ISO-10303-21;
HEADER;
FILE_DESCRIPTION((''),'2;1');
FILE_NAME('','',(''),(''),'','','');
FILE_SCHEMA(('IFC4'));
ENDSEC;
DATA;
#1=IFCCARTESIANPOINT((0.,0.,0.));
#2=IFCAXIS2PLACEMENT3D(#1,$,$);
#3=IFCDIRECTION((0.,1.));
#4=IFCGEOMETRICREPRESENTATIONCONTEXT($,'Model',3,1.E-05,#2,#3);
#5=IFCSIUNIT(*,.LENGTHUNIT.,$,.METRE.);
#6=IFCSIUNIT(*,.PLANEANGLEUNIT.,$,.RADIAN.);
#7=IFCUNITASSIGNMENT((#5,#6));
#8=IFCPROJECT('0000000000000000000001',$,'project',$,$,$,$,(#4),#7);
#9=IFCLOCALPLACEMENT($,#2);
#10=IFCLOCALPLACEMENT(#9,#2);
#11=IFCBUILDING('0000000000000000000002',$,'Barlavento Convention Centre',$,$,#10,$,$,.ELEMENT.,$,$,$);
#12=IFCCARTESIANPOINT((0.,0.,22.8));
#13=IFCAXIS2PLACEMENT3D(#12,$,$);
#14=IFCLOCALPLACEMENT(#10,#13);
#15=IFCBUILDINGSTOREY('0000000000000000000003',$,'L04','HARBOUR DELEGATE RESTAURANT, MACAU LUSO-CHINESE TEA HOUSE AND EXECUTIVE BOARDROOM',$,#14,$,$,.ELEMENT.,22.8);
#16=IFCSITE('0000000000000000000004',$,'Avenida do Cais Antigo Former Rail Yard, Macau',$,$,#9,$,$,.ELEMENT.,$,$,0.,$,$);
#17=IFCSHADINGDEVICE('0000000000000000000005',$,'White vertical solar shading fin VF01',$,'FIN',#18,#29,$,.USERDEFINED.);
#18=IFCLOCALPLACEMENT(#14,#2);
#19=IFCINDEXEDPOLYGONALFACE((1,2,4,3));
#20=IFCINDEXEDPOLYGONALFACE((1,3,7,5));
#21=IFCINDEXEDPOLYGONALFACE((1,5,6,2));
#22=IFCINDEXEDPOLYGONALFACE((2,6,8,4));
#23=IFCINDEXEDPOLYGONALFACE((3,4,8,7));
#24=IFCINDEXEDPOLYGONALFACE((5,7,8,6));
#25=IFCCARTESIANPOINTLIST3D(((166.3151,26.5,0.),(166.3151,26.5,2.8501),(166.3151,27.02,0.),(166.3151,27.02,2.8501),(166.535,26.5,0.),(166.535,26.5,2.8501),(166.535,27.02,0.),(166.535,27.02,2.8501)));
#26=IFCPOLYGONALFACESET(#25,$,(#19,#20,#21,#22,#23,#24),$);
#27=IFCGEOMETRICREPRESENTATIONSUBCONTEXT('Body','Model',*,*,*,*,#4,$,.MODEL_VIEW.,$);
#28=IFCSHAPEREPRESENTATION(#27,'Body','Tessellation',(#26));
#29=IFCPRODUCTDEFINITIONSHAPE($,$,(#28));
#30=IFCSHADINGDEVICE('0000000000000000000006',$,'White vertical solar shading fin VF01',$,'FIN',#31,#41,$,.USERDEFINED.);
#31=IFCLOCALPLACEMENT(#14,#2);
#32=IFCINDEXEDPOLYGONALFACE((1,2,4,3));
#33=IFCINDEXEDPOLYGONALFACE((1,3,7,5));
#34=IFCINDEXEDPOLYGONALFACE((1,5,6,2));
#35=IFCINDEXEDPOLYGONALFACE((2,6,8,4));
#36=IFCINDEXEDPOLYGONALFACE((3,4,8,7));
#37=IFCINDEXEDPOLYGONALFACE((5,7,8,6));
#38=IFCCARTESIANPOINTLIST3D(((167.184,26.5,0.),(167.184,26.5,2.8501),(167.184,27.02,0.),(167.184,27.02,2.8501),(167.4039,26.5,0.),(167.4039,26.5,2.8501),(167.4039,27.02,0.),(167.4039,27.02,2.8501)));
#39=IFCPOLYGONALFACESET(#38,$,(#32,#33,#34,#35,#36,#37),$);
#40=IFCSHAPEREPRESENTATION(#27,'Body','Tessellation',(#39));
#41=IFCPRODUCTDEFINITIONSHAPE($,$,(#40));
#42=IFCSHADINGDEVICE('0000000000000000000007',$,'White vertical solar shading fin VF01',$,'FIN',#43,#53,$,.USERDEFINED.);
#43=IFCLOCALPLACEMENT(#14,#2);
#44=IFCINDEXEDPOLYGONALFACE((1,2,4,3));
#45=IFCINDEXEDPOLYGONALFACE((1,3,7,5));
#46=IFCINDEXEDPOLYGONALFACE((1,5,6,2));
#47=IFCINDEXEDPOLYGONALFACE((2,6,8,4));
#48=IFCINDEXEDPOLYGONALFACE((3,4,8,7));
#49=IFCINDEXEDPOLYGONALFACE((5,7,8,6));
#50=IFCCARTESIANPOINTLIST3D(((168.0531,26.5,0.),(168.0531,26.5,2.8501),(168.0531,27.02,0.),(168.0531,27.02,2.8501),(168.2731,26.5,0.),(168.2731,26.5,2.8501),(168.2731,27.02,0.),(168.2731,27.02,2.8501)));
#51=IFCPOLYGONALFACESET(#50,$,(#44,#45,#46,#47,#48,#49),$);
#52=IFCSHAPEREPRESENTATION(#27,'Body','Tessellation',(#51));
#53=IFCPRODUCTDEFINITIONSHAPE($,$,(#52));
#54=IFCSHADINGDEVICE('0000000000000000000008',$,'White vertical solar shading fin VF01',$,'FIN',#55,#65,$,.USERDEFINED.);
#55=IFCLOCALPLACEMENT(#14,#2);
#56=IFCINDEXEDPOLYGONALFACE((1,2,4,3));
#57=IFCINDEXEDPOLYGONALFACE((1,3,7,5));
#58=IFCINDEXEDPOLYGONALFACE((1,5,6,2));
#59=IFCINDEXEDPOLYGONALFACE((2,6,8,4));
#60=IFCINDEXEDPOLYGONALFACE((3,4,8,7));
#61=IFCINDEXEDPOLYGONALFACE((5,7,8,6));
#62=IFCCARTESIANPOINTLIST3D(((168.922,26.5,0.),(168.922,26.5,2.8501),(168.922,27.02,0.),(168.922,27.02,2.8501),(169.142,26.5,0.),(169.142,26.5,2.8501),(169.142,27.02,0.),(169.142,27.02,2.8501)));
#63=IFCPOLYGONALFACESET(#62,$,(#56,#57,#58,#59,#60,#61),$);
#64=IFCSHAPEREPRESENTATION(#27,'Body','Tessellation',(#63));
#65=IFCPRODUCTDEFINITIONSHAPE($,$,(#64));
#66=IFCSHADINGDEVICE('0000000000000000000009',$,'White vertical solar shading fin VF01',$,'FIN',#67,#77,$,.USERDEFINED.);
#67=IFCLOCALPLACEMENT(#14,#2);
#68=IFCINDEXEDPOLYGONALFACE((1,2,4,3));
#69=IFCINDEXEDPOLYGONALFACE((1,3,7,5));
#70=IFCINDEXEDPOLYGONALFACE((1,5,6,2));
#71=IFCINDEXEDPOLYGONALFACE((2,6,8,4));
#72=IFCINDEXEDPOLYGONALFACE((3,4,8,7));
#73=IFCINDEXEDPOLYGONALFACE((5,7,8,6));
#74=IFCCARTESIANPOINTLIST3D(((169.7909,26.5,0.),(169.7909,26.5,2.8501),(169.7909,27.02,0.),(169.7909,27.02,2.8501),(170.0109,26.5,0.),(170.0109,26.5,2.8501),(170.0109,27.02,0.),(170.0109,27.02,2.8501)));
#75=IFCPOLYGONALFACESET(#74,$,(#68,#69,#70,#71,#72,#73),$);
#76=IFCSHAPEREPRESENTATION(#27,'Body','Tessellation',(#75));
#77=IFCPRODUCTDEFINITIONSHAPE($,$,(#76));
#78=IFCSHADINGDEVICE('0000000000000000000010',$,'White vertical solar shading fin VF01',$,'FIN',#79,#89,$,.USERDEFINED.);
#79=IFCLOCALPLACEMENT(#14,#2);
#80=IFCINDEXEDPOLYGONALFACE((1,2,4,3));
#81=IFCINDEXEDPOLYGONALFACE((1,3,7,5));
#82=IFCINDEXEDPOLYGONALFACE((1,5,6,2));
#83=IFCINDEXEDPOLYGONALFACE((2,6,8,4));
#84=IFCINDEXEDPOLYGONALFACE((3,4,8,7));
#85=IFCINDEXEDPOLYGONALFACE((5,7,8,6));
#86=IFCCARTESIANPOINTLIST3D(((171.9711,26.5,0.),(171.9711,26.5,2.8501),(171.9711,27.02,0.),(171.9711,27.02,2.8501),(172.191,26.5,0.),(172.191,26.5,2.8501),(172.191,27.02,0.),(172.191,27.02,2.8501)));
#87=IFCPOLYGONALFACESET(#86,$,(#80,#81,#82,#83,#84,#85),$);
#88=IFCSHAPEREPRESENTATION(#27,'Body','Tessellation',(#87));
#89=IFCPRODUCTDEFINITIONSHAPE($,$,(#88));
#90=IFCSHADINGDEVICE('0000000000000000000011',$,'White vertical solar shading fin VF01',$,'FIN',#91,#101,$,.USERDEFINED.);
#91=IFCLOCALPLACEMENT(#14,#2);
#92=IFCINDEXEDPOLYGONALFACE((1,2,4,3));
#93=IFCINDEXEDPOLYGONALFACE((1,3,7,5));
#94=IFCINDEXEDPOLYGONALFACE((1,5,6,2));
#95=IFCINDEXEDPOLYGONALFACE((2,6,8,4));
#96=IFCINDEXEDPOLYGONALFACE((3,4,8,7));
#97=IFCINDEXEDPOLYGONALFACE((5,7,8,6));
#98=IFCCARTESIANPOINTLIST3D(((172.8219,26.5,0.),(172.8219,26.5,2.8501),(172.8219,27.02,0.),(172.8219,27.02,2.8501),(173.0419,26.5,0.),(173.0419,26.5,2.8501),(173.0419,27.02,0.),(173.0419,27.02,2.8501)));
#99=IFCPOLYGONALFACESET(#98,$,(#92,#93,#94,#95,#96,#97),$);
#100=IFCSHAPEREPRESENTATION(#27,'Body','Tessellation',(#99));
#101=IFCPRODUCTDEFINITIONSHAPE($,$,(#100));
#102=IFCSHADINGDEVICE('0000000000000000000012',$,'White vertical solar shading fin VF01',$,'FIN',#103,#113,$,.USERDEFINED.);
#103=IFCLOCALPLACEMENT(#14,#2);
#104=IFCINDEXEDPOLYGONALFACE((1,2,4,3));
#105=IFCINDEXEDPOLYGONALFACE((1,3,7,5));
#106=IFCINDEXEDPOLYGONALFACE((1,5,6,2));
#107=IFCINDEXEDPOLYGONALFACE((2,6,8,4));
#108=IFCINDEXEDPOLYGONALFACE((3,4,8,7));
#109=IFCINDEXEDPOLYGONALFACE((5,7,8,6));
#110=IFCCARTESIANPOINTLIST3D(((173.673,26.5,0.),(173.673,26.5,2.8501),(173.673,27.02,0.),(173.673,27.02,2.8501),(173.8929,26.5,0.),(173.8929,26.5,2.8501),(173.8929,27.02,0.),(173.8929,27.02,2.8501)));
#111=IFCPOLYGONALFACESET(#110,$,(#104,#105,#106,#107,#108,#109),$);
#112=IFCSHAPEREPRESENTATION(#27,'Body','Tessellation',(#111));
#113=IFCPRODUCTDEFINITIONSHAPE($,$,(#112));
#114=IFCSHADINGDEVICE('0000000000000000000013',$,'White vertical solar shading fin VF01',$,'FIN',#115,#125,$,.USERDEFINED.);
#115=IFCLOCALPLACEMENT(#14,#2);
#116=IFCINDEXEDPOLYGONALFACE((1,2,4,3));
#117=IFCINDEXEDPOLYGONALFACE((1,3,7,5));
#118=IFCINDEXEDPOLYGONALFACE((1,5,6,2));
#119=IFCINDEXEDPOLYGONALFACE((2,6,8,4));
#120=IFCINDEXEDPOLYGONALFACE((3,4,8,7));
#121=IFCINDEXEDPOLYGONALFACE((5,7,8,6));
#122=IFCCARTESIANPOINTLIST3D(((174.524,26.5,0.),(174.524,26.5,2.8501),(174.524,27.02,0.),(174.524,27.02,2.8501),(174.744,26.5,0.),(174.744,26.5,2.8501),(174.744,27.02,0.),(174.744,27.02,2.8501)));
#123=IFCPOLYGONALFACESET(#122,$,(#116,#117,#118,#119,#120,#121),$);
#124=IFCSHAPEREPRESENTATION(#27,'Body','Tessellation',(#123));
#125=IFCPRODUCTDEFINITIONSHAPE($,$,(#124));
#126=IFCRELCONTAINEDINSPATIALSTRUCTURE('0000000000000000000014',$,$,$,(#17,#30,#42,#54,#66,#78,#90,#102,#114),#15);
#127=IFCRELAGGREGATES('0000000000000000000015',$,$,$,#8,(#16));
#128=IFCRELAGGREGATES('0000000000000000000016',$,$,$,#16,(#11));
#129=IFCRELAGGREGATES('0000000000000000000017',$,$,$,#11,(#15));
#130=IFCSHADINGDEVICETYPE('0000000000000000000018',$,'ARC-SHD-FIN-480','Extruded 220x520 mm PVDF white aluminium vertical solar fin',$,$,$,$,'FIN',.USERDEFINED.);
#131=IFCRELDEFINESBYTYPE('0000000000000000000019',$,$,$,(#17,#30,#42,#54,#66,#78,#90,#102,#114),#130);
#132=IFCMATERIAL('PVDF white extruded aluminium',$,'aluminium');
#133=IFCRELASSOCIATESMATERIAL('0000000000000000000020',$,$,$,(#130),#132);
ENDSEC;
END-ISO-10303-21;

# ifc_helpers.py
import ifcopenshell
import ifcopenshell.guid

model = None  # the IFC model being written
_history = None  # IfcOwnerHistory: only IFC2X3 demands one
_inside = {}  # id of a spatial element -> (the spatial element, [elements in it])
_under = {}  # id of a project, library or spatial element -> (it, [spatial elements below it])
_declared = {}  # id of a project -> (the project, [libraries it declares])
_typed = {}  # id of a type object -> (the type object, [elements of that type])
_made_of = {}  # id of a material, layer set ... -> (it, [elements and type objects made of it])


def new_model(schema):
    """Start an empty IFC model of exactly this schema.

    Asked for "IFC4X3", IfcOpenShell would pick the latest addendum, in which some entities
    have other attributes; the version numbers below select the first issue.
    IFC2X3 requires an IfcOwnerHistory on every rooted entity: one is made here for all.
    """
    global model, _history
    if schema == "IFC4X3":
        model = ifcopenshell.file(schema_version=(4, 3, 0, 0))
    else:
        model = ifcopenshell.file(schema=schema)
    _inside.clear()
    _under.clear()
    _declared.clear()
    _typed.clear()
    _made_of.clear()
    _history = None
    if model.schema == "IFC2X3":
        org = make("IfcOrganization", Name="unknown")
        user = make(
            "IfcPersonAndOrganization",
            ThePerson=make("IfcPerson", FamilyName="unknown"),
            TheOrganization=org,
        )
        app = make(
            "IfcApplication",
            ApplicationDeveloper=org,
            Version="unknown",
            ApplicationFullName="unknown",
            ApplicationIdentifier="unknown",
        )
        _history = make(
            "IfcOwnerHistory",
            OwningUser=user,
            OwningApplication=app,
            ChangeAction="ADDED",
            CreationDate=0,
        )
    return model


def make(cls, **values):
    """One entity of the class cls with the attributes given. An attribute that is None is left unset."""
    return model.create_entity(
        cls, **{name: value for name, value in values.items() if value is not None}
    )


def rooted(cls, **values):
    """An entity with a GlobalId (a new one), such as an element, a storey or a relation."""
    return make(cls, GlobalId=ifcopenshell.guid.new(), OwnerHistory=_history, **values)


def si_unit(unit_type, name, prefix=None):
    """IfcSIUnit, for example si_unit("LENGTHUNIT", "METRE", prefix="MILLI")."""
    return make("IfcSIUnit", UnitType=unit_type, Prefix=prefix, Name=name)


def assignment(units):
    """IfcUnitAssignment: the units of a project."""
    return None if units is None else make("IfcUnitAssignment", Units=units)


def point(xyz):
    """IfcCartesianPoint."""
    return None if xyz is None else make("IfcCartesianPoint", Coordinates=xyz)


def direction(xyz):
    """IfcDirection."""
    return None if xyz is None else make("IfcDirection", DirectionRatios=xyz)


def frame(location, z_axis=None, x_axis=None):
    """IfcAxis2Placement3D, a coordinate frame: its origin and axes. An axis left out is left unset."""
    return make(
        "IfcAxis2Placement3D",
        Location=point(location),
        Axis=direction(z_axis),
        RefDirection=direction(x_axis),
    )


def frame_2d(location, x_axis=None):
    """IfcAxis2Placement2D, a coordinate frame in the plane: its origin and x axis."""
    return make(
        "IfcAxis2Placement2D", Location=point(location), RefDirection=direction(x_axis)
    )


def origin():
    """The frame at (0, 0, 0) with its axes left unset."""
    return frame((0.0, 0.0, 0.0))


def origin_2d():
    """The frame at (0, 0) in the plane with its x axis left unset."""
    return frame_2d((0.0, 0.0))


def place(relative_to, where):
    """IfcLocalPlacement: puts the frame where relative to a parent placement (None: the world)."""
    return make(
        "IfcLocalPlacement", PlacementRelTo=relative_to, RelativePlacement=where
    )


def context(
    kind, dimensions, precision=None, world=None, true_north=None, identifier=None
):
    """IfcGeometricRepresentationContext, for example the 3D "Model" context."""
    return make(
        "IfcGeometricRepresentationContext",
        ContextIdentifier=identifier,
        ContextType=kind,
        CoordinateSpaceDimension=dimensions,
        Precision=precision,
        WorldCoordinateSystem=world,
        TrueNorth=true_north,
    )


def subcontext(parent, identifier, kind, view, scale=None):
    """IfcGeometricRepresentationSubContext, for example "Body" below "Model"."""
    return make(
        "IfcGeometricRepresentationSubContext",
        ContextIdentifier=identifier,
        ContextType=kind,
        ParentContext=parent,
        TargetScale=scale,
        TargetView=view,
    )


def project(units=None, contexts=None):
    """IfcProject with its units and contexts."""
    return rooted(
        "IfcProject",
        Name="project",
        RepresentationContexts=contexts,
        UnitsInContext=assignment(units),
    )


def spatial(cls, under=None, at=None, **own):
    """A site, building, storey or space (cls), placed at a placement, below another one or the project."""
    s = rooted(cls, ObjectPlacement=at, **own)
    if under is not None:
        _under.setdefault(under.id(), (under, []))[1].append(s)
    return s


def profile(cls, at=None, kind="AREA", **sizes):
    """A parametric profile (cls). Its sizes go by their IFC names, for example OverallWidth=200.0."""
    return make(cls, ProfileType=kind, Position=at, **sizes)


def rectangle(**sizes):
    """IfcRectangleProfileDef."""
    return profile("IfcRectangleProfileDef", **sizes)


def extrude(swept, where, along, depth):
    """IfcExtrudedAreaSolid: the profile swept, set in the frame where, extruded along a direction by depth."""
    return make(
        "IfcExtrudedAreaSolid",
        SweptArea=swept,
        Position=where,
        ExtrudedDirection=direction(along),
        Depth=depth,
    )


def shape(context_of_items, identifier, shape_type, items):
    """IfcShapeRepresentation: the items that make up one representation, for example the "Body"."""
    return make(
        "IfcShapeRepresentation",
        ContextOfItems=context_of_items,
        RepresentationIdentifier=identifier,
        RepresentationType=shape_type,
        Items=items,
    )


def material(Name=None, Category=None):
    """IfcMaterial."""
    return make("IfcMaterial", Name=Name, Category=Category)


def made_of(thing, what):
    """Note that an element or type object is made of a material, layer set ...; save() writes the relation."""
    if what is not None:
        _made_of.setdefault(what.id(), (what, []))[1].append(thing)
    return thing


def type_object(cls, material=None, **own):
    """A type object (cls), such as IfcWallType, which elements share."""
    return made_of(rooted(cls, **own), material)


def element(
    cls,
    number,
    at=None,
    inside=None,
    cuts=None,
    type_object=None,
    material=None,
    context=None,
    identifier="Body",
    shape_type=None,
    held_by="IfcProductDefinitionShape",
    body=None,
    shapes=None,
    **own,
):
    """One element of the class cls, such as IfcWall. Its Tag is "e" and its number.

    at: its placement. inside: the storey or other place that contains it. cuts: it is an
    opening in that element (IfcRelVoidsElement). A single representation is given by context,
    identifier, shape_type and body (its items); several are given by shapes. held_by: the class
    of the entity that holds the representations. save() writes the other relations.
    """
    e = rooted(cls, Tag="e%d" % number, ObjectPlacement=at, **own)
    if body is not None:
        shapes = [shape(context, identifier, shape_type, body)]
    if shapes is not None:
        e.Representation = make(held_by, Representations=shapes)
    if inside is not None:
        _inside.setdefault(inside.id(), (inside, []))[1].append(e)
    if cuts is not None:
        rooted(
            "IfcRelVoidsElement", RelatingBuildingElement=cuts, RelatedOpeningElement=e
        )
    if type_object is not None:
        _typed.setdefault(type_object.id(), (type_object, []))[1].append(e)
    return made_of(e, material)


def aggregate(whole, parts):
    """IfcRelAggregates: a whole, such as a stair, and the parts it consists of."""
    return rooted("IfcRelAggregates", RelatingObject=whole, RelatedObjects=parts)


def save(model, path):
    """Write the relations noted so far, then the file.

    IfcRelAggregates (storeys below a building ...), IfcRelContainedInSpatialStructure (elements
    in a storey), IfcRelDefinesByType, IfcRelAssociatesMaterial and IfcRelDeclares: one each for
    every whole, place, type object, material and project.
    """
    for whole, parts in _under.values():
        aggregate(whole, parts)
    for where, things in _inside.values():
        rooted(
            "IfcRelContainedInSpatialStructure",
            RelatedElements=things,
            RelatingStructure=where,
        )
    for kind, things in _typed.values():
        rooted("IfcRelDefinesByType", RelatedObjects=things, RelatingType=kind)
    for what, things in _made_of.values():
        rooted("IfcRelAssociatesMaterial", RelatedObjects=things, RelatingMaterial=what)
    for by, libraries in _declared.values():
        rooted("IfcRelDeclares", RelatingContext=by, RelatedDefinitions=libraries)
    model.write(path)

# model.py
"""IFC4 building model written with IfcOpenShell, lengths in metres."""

from ifc_helpers import new_model, si_unit, direction, frame, origin, origin_2d, place, context, subcontext, project, spatial, rectangle, extrude, material, type_object, element, save


model = new_model("IFC4")

# Units and contexts
model_context = context("Model", 3, precision=1e-05, world=origin(), true_north=direction((0.0, 1.0)))
body_context = subcontext(model_context, "Body", "Model", "MODEL_VIEW")
ifc_project = project(units=[si_unit("LENGTHUNIT", "METRE"), si_unit("PLANEANGLEUNIT", "RADIAN")], contexts=[model_context])

# Site, building, storey
site_placement = place(None, origin())
site = spatial("IfcSite", under=ifc_project, at=site_placement, Name="Avenida do Cais Antigo Former Rail Yard, Macau", CompositionType="ELEMENT", RefElevation=0.0)
building_placement = place(site_placement, origin())
building = spatial("IfcBuilding", under=site, at=building_placement, Name="Barlavento Convention Centre", CompositionType="ELEMENT")
storey_placement = place(building_placement, frame((0.0, 0.0, 22.8)))
storey = spatial("IfcBuildingStorey", under=building, at=storey_placement, Name="L04", Description="HARBOUR DELEGATE RESTAURANT, MACAU LUSO-CHINESE TEA HOUSE AND EXECUTIVE BOARDROOM", CompositionType="ELEMENT", Elevation=22.8)

# Shading devices
ifc_material_1 = material(Name="PVDF white extruded aluminium", Category="aluminium")
shading_device_type = type_object("IfcShadingDeviceType", Name="ARC-SHD-FIN-480", Description="Extruded 220x520 mm PVDF white aluminium vertical solar fin", ElementType="FIN", PredefinedType="USERDEFINED", material=ifc_material_1)
for number, where, z_axis, x_axis, name in (
    (1, (166.425, 26.76, 0.0), (0.0, 0.0, 1.0), (1.0, 0.0, 0.0), "White vertical solar shading fin VF01"),
    (2, (167.2939, 26.76, 0.0), (0.0, 0.0, 1.0), (1.0, 0.0, 0.0), "White vertical solar shading fin VF01"),
    (3, (168.1631, 26.76, 0.0), (0.0, 0.0, 1.0), (1.0, 0.0, 0.0), "White vertical solar shading fin VF01"),
    (4, (169.032, 26.76, 0.0), (0.0, 0.0, 1.0), (1.0, 0.0, 0.0), "White vertical solar shading fin VF01"),
    (5, (169.9009, 26.76, 0.0), (0.0, 0.0, 1.0), (1.0, 0.0, 0.0), "White vertical solar shading fin VF01"),
    (6, (172.0811, 26.76, 0.0), (0.0, 0.0, 1.0), (1.0, 0.0, 0.0), "White vertical solar shading fin VF01"),
    (7, (172.9319, 26.76, 0.0), (0.0, 0.0, 1.0), (1.0, 0.0, 0.0), "White vertical solar shading fin VF01"),
    (8, (173.783, 26.76, 0.0), (0.0, 0.0, 1.0), (1.0, 0.0, 0.0), "White vertical solar shading fin VF01"),
    (9, (174.634, 26.76, 0.0), (0.0, 0.0, 1.0), (1.0, 0.0, 0.0), "White vertical solar shading fin VF01"),
):
    element("IfcShadingDevice", number, at=place(storey_placement, frame(where, z_axis=z_axis, x_axis=x_axis)), inside=storey, type_object=shading_device_type, Name=name, ObjectType="FIN", PredefinedType="USERDEFINED", context=body_context, shape_type="SweptSolid", body=[
        extrude(rectangle(XDim=0.22, YDim=0.52, at=origin_2d()), origin(), (0.0, 0.0, 1.0), 2.8501),
    ])

save(model, "model.ifc")
